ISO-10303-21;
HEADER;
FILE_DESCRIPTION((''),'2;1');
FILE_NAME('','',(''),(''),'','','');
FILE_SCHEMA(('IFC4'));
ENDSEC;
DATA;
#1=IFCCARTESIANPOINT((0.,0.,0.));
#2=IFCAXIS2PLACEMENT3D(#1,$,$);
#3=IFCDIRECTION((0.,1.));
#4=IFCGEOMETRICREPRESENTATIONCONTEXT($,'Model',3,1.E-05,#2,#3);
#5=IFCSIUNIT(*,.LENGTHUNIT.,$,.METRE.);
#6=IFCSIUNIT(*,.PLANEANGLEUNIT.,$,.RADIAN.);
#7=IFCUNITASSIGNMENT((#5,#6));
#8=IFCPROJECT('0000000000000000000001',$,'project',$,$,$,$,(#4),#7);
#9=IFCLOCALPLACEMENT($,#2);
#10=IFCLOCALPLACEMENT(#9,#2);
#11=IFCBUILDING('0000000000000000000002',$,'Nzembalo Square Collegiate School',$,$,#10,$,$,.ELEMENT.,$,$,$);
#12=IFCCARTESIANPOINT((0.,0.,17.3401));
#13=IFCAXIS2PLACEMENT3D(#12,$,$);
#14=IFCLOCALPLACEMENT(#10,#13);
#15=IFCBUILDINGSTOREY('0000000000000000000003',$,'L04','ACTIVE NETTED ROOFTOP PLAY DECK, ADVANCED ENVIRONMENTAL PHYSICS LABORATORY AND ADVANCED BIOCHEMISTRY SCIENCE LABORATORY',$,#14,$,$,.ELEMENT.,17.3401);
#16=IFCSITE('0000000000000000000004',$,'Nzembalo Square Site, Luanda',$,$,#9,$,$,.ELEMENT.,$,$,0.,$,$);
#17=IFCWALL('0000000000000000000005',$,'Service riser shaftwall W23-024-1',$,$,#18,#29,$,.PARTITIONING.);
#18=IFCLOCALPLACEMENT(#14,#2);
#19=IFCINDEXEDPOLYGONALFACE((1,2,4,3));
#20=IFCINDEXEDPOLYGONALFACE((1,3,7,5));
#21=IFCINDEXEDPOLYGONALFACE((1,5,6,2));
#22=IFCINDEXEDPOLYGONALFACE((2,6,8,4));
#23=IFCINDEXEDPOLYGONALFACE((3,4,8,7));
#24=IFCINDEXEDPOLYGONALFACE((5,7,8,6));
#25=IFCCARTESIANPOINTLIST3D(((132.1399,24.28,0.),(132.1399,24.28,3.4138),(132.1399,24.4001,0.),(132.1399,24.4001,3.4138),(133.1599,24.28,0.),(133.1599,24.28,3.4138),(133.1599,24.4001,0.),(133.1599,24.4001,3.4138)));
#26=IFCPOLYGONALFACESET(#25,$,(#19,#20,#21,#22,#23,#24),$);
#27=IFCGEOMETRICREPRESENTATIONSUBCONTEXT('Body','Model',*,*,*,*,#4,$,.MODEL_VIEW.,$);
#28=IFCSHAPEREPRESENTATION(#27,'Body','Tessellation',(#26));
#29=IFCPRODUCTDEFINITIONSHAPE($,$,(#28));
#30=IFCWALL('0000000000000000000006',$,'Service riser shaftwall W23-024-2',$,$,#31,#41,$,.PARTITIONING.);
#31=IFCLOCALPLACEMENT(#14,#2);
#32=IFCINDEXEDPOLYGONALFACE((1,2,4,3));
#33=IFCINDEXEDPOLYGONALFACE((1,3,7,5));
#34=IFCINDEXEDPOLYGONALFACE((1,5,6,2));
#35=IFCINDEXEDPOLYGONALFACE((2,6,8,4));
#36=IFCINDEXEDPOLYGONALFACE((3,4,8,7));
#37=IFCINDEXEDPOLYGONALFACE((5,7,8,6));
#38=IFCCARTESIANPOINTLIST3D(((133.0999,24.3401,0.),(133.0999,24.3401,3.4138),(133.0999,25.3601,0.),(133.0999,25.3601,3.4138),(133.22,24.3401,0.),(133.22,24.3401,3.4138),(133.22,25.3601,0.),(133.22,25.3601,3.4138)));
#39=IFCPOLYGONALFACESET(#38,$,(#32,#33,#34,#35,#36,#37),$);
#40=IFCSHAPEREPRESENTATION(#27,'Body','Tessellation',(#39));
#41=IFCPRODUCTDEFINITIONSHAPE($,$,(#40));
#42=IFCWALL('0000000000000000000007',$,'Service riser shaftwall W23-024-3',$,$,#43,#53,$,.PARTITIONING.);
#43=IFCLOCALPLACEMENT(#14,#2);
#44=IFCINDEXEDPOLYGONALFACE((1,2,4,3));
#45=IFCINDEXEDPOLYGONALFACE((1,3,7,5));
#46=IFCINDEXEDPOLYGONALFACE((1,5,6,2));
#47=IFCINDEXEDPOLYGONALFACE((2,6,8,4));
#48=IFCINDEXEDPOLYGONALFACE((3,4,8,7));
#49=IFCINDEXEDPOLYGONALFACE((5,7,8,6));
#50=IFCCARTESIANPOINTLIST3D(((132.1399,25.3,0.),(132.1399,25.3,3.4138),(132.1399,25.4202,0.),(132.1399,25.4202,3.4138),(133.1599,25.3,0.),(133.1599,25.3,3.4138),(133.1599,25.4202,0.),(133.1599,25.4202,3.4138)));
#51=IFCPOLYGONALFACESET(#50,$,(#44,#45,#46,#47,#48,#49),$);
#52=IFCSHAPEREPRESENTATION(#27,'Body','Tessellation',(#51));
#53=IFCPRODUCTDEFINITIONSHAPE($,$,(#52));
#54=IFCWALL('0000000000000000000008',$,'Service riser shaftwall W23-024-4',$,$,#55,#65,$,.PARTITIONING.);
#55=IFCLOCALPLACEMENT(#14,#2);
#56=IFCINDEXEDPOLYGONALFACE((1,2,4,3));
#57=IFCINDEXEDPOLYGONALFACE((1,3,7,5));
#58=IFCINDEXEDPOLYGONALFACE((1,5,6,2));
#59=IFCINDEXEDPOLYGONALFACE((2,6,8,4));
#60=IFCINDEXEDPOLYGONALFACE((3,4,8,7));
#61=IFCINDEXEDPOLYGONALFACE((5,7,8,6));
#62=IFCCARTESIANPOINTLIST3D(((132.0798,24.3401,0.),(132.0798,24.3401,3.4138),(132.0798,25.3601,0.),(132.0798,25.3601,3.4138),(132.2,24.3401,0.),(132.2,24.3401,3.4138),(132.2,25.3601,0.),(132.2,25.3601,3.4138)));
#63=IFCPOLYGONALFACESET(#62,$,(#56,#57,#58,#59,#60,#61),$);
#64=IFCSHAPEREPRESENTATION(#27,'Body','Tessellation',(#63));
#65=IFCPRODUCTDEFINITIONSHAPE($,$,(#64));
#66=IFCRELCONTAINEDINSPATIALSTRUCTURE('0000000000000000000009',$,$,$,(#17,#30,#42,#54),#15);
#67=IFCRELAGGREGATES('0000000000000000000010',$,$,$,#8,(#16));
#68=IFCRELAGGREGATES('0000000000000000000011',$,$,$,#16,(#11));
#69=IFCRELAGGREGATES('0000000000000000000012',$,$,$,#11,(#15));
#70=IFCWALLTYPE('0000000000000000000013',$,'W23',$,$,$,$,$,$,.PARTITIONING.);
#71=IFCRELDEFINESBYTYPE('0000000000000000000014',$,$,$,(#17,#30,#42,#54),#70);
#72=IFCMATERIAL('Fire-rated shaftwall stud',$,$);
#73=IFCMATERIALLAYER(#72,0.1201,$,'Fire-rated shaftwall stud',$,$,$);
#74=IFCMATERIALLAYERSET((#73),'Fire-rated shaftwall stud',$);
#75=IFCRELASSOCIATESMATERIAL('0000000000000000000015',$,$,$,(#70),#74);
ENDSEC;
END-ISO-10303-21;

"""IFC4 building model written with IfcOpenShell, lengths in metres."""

from ifc_helpers import new_model, si_unit, direction, frame, frame_2d, origin, place, context, subcontext, project, spatial, rectangle, extrude, material, layer, layer_set, type_object, element, save


model = new_model("IFC4")

# Units and contexts
model_context = context("Model", 3, precision=1e-05, world=origin(), true_north=direction((0.0, 1.0)))
body_context = subcontext(model_context, "Body", "Model", "MODEL_VIEW")
ifc_project = project(units=[si_unit("LENGTHUNIT", "METRE"), si_unit("PLANEANGLEUNIT", "RADIAN")], contexts=[model_context])

# Site, building, storey
site_placement = place(None, origin())
site = spatial("IfcSite", under=ifc_project, at=site_placement, Name="Nzembalo Square Site, Luanda", CompositionType="ELEMENT", RefElevation=0.0)
building_placement = place(site_placement, origin())
building = spatial("IfcBuilding", under=site, at=building_placement, Name="Nzembalo Square Collegiate School", CompositionType="ELEMENT")
storey_placement = place(building_placement, frame((0.0, 0.0, 17.3401)))
storey = spatial("IfcBuildingStorey", under=building, at=storey_placement, Name="L04", Description="ACTIVE NETTED ROOFTOP PLAY DECK, ADVANCED ENVIRONMENTAL PHYSICS LABORATORY AND ADVANCED BIOCHEMISTRY SCIENCE LABORATORY", CompositionType="ELEMENT", Elevation=17.3401)

# Walls
ifc_material_1 = material(Name="Fire-rated shaftwall stud")
ifc_layer_1 = layer(ifc_material_1, 0.1201, Name="Fire-rated shaftwall stud")
ifc_layer_set_1 = layer_set([ifc_layer_1], Name="Fire-rated shaftwall stud")
wall_type_1 = type_object("IfcWallType", Name="W23", PredefinedType="PARTITIONING", material=ifc_layer_set_1)
for number, where, z_axis, x_axis, name in (
    (1, (132.1399, 24.3401, 0.0), (0.0, 0.0, 1.0), (1.0, 0.0, 0.0), "Service riser shaftwall W23-024-1"),
    (2, (133.1599, 24.3401, 0.0), (0.0, 0.0, 1.0), (0.0, 1.0, 0.0), "Service riser shaftwall W23-024-2"),
    (3, (133.1599, 25.3601, 0.0), (0.0, 0.0, 1.0), (-1.0, 0.0, 0.0), "Service riser shaftwall W23-024-3"),
    (4, (132.1399, 25.3601, 0.0), (0.0, 0.0, 1.0), (0.0, -1.0, 0.0), "Service riser shaftwall W23-024-4"),
):
    element("IfcWall", number, at=place(storey_placement, frame(where, z_axis=z_axis, x_axis=x_axis)), inside=storey, type_object=wall_type_1, Name=name, PredefinedType="PARTITIONING", context=body_context, shape_type="SweptSolid", body=[
        extrude(rectangle(XDim=1.02, YDim=0.1201, at=frame_2d((0.51, 0.0))), origin(), (0.0, 0.0, 1.0), 3.4138),
    ])

save(model, "model.ifc")
